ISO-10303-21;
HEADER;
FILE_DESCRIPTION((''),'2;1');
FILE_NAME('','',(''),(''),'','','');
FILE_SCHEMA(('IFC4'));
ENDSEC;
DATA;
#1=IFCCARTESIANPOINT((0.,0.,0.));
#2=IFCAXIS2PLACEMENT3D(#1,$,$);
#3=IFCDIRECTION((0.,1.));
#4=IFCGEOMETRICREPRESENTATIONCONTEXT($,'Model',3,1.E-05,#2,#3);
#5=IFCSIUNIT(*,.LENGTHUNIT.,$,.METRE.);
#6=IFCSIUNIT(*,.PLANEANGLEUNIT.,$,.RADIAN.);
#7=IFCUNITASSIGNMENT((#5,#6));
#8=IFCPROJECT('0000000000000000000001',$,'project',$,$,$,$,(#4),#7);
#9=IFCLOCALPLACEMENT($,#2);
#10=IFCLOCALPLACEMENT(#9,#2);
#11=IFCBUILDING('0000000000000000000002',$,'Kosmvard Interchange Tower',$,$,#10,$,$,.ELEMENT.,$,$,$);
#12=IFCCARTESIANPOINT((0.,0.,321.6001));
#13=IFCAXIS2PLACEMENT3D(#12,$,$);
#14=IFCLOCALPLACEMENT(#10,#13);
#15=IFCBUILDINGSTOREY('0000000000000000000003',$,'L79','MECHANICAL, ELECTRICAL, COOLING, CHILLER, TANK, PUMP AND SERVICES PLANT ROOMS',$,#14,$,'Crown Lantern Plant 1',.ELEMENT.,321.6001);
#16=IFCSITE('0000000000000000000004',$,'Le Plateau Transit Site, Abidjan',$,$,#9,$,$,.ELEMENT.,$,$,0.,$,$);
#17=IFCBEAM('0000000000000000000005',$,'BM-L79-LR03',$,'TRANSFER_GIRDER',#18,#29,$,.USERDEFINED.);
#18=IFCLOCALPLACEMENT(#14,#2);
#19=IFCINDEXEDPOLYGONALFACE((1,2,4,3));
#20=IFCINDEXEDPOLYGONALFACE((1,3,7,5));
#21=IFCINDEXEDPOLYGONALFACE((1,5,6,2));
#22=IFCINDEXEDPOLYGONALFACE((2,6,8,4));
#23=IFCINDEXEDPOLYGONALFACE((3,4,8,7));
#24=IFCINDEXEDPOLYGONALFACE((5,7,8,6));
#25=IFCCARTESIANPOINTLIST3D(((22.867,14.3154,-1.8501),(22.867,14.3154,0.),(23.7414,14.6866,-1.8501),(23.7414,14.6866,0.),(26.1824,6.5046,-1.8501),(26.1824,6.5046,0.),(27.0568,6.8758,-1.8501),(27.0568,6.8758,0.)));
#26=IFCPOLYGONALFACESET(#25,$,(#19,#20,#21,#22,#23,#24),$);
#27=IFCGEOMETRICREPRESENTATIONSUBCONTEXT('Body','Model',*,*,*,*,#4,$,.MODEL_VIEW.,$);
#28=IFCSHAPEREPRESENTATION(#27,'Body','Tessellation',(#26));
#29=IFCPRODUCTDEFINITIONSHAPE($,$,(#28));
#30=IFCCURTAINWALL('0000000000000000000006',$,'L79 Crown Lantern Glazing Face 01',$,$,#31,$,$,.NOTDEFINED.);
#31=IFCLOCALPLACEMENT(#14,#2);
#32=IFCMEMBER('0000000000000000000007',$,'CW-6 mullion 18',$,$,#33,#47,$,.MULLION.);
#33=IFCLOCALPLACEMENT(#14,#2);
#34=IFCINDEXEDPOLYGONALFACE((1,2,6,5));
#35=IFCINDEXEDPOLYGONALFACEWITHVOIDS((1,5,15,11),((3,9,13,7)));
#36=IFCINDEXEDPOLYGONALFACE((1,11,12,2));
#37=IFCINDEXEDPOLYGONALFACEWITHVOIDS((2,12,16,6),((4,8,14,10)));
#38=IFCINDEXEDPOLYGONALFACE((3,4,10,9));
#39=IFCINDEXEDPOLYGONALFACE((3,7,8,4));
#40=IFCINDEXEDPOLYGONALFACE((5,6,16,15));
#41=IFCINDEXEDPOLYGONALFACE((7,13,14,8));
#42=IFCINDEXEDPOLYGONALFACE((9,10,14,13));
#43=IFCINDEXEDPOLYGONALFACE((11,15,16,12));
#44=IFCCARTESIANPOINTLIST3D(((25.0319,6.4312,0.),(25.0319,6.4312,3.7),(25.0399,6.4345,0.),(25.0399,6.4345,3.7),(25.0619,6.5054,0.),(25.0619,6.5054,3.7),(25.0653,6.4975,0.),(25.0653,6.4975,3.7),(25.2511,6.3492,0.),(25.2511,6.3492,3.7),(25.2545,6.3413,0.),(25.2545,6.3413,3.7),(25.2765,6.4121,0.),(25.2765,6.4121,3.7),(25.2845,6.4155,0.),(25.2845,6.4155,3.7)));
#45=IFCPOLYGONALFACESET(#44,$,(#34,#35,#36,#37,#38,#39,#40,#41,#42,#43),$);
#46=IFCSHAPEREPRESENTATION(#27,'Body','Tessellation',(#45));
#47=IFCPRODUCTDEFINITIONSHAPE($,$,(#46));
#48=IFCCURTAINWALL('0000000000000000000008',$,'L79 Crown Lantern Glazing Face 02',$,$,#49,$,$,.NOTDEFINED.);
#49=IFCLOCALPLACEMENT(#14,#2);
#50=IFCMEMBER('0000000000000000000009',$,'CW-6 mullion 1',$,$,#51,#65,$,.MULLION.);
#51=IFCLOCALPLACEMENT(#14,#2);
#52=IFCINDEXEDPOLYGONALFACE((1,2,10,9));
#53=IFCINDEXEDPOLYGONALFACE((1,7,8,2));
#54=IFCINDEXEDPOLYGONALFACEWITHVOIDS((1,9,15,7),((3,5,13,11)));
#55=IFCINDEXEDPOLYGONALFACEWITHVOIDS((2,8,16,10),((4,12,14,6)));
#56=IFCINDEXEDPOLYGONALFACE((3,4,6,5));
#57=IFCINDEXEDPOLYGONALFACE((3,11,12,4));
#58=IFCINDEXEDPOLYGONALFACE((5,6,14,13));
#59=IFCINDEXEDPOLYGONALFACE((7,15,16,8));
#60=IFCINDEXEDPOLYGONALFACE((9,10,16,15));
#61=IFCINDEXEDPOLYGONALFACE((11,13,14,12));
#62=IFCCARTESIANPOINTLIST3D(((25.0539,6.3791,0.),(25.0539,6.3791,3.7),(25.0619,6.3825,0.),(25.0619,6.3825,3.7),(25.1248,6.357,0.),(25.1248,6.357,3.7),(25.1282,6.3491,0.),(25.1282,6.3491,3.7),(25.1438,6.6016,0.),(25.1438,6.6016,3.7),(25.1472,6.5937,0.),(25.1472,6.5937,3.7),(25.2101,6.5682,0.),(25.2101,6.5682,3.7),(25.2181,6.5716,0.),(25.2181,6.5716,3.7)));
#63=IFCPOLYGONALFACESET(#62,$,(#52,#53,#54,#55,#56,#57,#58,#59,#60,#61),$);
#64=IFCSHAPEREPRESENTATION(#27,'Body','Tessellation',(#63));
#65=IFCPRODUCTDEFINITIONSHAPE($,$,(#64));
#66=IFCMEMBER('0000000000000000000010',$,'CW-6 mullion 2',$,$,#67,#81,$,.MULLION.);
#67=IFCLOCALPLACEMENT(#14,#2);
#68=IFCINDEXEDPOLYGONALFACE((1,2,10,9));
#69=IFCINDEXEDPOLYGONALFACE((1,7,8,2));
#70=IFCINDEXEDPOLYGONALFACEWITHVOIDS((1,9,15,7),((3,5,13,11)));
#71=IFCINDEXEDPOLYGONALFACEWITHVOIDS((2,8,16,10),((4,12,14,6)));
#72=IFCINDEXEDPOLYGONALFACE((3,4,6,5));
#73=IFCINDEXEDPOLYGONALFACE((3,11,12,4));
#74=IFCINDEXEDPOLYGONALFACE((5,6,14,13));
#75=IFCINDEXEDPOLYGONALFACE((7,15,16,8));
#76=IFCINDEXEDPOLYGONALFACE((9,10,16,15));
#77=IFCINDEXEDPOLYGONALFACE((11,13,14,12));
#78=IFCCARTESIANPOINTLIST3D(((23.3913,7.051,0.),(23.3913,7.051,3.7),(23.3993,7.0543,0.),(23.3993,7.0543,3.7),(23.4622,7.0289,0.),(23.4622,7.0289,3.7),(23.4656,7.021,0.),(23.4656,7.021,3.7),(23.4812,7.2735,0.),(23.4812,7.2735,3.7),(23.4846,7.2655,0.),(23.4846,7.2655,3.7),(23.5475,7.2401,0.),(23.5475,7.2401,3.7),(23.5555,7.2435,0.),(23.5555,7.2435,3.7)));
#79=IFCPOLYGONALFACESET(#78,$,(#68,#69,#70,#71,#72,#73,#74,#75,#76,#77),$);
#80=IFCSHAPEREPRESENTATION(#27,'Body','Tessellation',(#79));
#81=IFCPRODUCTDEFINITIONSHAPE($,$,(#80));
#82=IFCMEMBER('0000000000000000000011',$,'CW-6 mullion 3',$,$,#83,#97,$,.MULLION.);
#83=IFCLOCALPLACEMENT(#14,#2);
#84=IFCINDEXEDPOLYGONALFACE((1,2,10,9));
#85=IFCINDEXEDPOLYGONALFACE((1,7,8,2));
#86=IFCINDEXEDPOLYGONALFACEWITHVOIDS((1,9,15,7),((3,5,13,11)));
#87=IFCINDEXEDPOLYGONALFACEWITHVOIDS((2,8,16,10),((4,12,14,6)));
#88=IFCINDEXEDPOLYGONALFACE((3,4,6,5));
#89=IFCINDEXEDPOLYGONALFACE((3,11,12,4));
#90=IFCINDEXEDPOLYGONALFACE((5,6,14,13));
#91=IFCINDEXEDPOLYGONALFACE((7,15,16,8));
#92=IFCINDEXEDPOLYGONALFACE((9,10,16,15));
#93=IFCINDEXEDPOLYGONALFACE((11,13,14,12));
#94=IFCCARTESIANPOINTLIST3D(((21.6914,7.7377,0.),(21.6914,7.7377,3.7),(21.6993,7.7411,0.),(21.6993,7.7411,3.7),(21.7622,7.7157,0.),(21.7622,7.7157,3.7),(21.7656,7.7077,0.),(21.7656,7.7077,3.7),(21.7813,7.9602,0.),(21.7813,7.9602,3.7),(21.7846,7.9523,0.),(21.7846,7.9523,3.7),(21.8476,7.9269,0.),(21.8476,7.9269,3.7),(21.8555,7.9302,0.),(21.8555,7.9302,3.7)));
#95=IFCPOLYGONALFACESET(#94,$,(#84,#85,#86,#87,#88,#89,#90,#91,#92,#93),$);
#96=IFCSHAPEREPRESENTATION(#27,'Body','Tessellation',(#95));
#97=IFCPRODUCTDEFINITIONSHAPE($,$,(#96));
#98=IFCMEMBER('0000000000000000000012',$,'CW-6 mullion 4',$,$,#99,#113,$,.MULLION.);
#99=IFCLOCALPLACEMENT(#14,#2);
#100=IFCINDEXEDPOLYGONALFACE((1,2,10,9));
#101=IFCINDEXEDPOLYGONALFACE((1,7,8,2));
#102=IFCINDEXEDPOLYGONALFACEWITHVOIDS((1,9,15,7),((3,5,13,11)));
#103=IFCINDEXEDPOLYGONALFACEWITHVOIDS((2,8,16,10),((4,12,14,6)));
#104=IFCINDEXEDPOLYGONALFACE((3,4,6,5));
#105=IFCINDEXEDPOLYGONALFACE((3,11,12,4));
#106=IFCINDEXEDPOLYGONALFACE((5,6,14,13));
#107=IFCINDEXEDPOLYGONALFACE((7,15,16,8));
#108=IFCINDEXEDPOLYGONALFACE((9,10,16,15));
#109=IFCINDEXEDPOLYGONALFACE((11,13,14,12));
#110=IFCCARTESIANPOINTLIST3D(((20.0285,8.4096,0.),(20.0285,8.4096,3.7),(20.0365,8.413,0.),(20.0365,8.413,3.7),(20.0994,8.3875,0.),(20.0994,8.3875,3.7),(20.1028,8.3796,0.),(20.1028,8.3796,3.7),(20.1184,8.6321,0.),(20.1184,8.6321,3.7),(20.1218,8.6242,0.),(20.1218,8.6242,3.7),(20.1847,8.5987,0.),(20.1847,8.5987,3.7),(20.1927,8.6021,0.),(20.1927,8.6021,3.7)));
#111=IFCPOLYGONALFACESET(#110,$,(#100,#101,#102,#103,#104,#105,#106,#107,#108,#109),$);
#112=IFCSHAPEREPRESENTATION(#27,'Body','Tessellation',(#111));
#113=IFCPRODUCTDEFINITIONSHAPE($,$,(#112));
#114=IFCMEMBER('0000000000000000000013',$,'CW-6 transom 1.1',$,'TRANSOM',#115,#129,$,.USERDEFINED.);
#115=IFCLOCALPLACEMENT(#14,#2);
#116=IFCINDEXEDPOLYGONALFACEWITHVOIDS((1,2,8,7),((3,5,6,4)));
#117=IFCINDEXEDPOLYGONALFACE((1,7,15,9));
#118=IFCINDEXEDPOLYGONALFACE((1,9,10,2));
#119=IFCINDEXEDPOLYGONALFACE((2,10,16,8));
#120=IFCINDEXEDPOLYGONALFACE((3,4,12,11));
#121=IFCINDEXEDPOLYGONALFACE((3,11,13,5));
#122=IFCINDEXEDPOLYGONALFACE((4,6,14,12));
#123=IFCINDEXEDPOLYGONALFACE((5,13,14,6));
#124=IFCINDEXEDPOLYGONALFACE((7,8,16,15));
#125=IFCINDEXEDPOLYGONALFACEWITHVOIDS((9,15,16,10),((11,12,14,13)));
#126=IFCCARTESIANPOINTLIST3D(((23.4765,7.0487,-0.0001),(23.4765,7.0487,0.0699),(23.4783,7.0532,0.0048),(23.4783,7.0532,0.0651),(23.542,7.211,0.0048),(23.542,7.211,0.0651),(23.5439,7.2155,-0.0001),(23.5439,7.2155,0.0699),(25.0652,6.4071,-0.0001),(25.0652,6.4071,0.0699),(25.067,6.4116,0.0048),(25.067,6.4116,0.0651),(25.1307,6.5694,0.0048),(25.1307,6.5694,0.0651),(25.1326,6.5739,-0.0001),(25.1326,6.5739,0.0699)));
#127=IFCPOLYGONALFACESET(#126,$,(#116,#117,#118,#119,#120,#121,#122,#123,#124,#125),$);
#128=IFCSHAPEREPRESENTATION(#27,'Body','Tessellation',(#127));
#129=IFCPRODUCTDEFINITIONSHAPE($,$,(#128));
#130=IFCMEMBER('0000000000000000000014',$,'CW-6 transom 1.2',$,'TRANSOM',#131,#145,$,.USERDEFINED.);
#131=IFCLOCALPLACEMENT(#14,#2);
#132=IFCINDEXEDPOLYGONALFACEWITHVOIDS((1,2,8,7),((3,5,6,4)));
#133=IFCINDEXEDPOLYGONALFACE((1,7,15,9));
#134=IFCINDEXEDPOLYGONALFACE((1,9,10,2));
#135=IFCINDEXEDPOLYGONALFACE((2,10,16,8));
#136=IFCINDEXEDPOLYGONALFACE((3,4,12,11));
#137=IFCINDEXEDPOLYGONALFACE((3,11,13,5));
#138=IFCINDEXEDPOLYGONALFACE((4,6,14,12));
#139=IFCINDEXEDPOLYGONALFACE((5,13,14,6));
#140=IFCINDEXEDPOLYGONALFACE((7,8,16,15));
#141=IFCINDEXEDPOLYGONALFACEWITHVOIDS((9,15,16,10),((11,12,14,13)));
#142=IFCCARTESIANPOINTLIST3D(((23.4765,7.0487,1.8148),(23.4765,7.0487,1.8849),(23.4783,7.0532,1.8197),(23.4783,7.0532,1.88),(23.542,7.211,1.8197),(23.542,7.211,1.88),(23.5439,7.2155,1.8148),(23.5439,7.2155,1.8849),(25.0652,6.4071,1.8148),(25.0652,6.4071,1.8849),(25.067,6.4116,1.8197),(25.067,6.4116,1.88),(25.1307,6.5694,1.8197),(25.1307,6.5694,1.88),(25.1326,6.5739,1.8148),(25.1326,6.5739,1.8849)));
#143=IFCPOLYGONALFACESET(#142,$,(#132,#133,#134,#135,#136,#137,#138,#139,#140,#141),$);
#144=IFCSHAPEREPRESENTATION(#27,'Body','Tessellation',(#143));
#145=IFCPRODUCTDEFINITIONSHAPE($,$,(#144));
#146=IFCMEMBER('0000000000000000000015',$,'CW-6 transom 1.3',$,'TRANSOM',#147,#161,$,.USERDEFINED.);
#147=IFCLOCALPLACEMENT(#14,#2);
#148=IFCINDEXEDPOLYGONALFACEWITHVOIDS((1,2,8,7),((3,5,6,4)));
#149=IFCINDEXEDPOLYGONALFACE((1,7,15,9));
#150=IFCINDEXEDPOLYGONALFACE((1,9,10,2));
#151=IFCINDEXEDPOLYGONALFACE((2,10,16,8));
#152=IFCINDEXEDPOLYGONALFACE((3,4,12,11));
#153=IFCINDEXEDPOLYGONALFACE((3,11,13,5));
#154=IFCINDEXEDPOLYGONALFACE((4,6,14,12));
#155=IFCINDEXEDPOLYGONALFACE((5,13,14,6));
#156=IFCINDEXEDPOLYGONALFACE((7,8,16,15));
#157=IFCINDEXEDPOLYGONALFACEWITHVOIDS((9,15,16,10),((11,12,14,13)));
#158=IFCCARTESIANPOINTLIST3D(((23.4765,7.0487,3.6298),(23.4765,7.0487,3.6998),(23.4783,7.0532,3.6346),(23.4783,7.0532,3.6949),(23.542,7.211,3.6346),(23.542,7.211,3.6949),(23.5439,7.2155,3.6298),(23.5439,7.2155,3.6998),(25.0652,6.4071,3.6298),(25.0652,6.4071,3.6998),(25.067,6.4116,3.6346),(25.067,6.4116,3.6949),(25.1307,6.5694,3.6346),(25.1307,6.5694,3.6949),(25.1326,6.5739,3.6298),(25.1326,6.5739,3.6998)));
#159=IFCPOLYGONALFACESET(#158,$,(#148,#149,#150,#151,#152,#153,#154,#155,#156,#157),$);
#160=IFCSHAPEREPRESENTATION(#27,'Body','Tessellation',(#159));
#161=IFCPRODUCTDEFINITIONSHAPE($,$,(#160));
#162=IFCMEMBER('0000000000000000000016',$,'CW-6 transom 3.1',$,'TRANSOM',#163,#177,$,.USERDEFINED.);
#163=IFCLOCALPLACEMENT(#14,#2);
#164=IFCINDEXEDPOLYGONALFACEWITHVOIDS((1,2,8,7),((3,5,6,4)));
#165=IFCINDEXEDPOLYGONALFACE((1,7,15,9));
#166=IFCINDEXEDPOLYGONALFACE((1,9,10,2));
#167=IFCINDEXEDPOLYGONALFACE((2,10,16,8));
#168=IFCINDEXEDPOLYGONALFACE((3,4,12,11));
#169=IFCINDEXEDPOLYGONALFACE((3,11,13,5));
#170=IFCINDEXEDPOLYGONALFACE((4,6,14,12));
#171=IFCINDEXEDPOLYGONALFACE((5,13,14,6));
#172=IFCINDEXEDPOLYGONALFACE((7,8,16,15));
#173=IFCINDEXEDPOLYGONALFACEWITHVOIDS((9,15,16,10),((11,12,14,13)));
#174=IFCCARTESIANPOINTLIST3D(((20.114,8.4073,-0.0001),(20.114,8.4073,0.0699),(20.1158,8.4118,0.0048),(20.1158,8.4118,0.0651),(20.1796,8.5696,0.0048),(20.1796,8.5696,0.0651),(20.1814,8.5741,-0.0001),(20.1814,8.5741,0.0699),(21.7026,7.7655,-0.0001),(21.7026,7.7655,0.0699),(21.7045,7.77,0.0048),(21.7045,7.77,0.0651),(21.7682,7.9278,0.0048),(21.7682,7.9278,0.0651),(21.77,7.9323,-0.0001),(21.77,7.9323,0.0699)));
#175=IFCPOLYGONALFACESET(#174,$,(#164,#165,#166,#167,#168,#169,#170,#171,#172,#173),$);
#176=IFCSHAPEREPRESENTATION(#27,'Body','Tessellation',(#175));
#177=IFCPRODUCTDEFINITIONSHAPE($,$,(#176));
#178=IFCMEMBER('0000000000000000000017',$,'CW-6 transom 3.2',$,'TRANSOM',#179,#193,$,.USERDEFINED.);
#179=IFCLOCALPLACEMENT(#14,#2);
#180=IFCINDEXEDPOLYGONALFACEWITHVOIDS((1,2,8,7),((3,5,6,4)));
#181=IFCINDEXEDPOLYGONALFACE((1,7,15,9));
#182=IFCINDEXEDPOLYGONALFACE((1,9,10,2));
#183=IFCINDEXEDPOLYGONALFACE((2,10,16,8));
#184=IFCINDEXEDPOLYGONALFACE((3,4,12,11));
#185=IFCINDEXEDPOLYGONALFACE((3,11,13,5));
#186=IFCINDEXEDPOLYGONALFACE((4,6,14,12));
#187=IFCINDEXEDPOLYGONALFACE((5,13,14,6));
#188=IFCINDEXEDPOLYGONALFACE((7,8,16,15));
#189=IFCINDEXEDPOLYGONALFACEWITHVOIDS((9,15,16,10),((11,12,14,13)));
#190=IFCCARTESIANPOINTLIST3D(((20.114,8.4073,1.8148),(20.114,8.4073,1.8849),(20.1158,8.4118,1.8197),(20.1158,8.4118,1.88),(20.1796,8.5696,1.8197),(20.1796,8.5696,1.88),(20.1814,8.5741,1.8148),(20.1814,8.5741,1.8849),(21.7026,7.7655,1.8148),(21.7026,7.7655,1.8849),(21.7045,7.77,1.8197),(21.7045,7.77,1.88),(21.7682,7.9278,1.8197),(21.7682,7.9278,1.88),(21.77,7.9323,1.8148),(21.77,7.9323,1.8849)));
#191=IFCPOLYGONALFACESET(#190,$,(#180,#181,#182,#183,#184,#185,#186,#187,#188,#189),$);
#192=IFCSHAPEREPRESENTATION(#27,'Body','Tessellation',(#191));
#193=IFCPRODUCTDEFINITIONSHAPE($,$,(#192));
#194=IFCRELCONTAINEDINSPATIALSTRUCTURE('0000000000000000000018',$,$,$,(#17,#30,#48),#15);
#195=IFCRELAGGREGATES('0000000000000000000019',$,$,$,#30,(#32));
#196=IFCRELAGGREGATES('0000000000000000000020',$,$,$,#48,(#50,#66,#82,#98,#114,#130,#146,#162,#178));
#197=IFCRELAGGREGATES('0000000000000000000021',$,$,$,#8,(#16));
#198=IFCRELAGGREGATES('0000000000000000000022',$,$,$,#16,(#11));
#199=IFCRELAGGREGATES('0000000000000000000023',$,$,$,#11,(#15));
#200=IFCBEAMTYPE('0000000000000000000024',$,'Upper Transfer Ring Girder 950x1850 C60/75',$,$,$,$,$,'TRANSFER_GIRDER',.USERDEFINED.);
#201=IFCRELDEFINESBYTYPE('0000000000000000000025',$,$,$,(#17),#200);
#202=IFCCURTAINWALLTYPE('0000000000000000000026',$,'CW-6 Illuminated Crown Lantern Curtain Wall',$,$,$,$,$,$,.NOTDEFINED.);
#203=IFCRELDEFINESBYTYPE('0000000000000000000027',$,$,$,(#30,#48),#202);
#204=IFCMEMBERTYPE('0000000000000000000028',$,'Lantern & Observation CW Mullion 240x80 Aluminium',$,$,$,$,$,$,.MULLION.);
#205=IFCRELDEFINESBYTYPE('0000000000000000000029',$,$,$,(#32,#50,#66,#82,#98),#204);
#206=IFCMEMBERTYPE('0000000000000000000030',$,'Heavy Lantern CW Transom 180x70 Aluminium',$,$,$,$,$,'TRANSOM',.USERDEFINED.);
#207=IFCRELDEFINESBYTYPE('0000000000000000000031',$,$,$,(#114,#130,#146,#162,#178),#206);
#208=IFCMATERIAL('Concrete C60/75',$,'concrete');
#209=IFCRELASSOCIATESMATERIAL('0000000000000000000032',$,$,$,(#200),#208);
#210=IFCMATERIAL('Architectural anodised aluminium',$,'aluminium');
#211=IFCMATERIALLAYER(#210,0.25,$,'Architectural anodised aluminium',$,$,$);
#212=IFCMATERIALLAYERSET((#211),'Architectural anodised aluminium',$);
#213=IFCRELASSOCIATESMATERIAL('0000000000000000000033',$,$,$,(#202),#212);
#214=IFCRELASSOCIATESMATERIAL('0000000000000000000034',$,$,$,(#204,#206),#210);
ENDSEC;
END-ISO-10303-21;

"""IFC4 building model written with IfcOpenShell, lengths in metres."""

from ifc_helpers import new_model, si_unit, direction, frame, origin, origin_2d, place, context, subcontext, project, spatial, rectangle, hollow_rectangle, extrude, source, transform, mapped, material, layer, layer_set, material_profile, profile_set, type_object, element, aggregate, save


model = new_model("IFC4")

# Units and contexts
model_context = context("Model", 3, precision=1e-05, world=origin(), true_north=direction((0.0, 1.0)))
body_context = subcontext(model_context, "Body", "Model", "MODEL_VIEW")
ifc_project = project(units=[si_unit("LENGTHUNIT", "METRE"), si_unit("PLANEANGLEUNIT", "RADIAN")], contexts=[model_context])

# Site, building, storey
site_placement = place(None, origin())
site = spatial("IfcSite", under=ifc_project, at=site_placement, Name="Le Plateau Transit Site, Abidjan", CompositionType="ELEMENT", RefElevation=0.0)
building_placement = place(site_placement, origin())
building = spatial("IfcBuilding", under=site, at=building_placement, Name="Kosmvard Interchange Tower", CompositionType="ELEMENT")
storey_placement = place(building_placement, frame((0.0, 0.0, 321.6001)))
storey = spatial("IfcBuildingStorey", under=building, at=storey_placement, Name="L79", Description="MECHANICAL, ELECTRICAL, COOLING, CHILLER, TANK, PUMP AND SERVICES PLANT ROOMS", LongName="Crown Lantern Plant 1", CompositionType="ELEMENT", Elevation=321.6001)

# Beam
ifc_material_1 = material(Name="Concrete C60/75", Category="concrete")
ifc_material_profile_1 = material_profile(ifc_material_1, rectangle(XDim=0.95, YDim=1.8501, at=origin_2d()), Name="TG 950x1850")
ifc_profile_set_1 = profile_set([ifc_material_profile_1], Name="Concrete C60/75")
beam_type = type_object("IfcBeamType", Name="Upper Transfer Ring Girder 950x1850 C60/75", ElementType="TRANSFER_GIRDER", PredefinedType="USERDEFINED", material=ifc_profile_set_1)
shared_shape_1 = source(origin(), body_context, "Body", "SweptSolid", [
    extrude(rectangle(XDim=0.95, YDim=1.8501, at=origin_2d()), origin(), (0.0, 0.0, 1.0), 8.4854),
])
beam_placement = place(storey_placement, frame((26.6196, 6.6902, -0.925), z_axis=(-0.390726, 0.920507, 0.0), x_axis=(-0.920507, -0.390726, 0.0)))
element("IfcBeam", 1, at=beam_placement, inside=storey, type_object=beam_type, Name="BM-L79-LR03", ObjectType="TRANSFER_GIRDER", PredefinedType="USERDEFINED", context=body_context, shape_type="MappedRepresentation", body=[
    mapped(shared_shape_1, transform((0.0, 0.0, 0.0), scale=1.0)),
])

# Curtain wall, member
ifc_material_2 = material(Name="Architectural anodised aluminium", Category="aluminium")
ifc_layer_1 = layer(ifc_material_2, 0.25, Name="Architectural anodised aluminium")
ifc_layer_set_1 = layer_set([ifc_layer_1], Name="Architectural anodised aluminium")
curtain_wall_type = type_object("IfcCurtainWallType", Name="CW-6 Illuminated Crown Lantern Curtain Wall", PredefinedType="NOTDEFINED", material=ifc_layer_set_1)
curtain_wall_1_placement = place(storey_placement, origin())
curtain_wall_1 = element("IfcCurtainWall", 2, at=curtain_wall_1_placement, inside=storey, type_object=curtain_wall_type, Name="L79 Crown Lantern Glazing Face 01", PredefinedType="NOTDEFINED")
ifc_material_profile_2 = material_profile(ifc_material_2, hollow_rectangle(XDim=0.24, YDim=0.0801, WallThickness=0.0061, at=origin_2d()), Name="CWM 240x80x6")
ifc_profile_set_2 = profile_set([ifc_material_profile_2], Name="Architectural anodised aluminium")
member_type_1 = type_object("IfcMemberType", Name="Lantern & Observation CW Mullion 240x80 Aluminium", PredefinedType="MULLION", material=ifc_profile_set_2)
shared_shape_2 = source(origin(), body_context, "Body", "SweptSolid", [
    extrude(hollow_rectangle(XDim=0.24, YDim=0.0801, WallThickness=0.0061, at=origin_2d()), origin(), (0.0, 0.0, 1.0), 3.7),
])
member_1_placement = place(storey_placement, frame((25.1582, 6.4233, 0.0), z_axis=(0.0, 0.0, 1.0), x_axis=(-0.927184, 0.374607, 0.0)))
member_1 = element("IfcMember", 3, at=member_1_placement, type_object=member_type_1, Name="CW-6 mullion 18", PredefinedType="MULLION", context=body_context, shape_type="MappedRepresentation", body=[
    mapped(shared_shape_2, transform((0.0, 0.0, 0.0), scale=1.0)),
])

# Curtain wall, members
curtain_wall_2_placement = place(storey_placement, origin())
curtain_wall_2 = element("IfcCurtainWall", 4, at=curtain_wall_2_placement, inside=storey, type_object=curtain_wall_type, Name="L79 Crown Lantern Glazing Face 02", PredefinedType="NOTDEFINED")
member_2_placement = place(storey_placement, frame((25.136, 6.4753, 0.0), z_axis=(0.0, 0.0, 1.0), x_axis=(-0.374607, -0.927184, 0.0)))
member_2 = element("IfcMember", 5, at=member_2_placement, type_object=member_type_1, Name="CW-6 mullion 1", PredefinedType="MULLION", context=body_context, shape_type="MappedRepresentation", body=[
    mapped(shared_shape_2, transform((0.0, 0.0, 0.0), scale=1.0)),
])
member_3_placement = place(storey_placement, frame((23.4734, 7.1472, 0.0), z_axis=(0.0, 0.0, 1.0), x_axis=(-0.374607, -0.927184, 0.0)))
member_3 = element("IfcMember", 6, at=member_3_placement, type_object=member_type_1, Name="CW-6 mullion 2", PredefinedType="MULLION", context=body_context, shape_type="MappedRepresentation", body=[
    mapped(shared_shape_2, transform((0.0, 0.0, 0.0), scale=1.0)),
])
member_4_placement = place(storey_placement, frame((21.7734, 7.834, 0.0), z_axis=(0.0, 0.0, 1.0), x_axis=(-0.374607, -0.927184, 0.0)))
member_4 = element("IfcMember", 7, at=member_4_placement, type_object=member_type_1, Name="CW-6 mullion 3", PredefinedType="MULLION", context=body_context, shape_type="MappedRepresentation", body=[
    mapped(shared_shape_2, transform((0.0, 0.0, 0.0), scale=1.0)),
])
member_5_placement = place(storey_placement, frame((20.1106, 8.5059, 0.0), z_axis=(0.0, 0.0, 1.0), x_axis=(-0.374607, -0.927184, 0.0)))
member_5 = element("IfcMember", 8, at=member_5_placement, type_object=member_type_1, Name="CW-6 mullion 4", PredefinedType="MULLION", context=body_context, shape_type="MappedRepresentation", body=[
    mapped(shared_shape_2, transform((0.0, 0.0, 0.0), scale=1.0)),
])
ifc_material_profile_3 = material_profile(ifc_material_2, hollow_rectangle(XDim=0.1799, YDim=0.0701, WallThickness=0.0049, at=origin_2d()), Name="CWT 180x70x5")
ifc_profile_set_3 = profile_set([ifc_material_profile_3], Name="Architectural anodised aluminium")
member_type_2 = type_object("IfcMemberType", Name="Heavy Lantern CW Transom 180x70 Aluminium", ElementType="TRANSOM", PredefinedType="USERDEFINED", material=ifc_profile_set_3)
shared_shape_3 = source(origin(), body_context, "Body", "SweptSolid", [
    extrude(hollow_rectangle(XDim=0.1799, YDim=0.0701, WallThickness=0.0049, at=origin_2d()), origin(), (0.0, 0.0, 1.0), 1.7134),
])
member_6_placement = place(storey_placement, frame((25.0989, 6.4905, 0.0349), z_axis=(-0.927233, 0.374484, 0.0), x_axis=(-0.374484, -0.927233, 0.0)))
member_6 = element("IfcMember", 9, at=member_6_placement, type_object=member_type_2, Name="CW-6 transom 1.1", ObjectType="TRANSOM", PredefinedType="USERDEFINED", context=body_context, shape_type="MappedRepresentation", body=[
    mapped(shared_shape_3, transform((0.0, 0.0, 0.0), scale=1.0)),
])
member_7_placement = place(storey_placement, frame((25.0989, 6.4905, 1.8499), z_axis=(-0.927233, 0.374484, 0.0), x_axis=(-0.374484, -0.927233, 0.0)))
member_7 = element("IfcMember", 10, at=member_7_placement, type_object=member_type_2, Name="CW-6 transom 1.2", ObjectType="TRANSOM", PredefinedType="USERDEFINED", context=body_context, shape_type="MappedRepresentation", body=[
    mapped(shared_shape_3, transform((0.0, 0.0, 0.0), scale=1.0)),
])
member_8_placement = place(storey_placement, frame((25.0989, 6.4905, 3.6648), z_axis=(-0.927233, 0.374484, 0.0), x_axis=(-0.374484, -0.927233, 0.0)))
member_8 = element("IfcMember", 11, at=member_8_placement, type_object=member_type_2, Name="CW-6 transom 1.3", ObjectType="TRANSOM", PredefinedType="USERDEFINED", context=body_context, shape_type="MappedRepresentation", body=[
    mapped(shared_shape_3, transform((0.0, 0.0, 0.0), scale=1.0)),
])
member_9_placement = place(storey_placement, frame((21.7363, 7.8489, 0.0349), z_axis=(-0.927184, 0.374607, 0.0), x_axis=(-0.374607, -0.927184, 0.0)))
member_9 = element("IfcMember", 12, at=member_9_placement, type_object=member_type_2, Name="CW-6 transom 3.1", ObjectType="TRANSOM", PredefinedType="USERDEFINED", context=body_context, shape_type="MappedRepresentation", body=[
    mapped(shared_shape_3, transform((0.0, 0.0, 0.0), scale=1.0)),
])
member_10_placement = place(storey_placement, frame((21.7363, 7.8489, 1.8499), z_axis=(-0.927184, 0.374607, 0.0), x_axis=(-0.374607, -0.927184, 0.0)))
member_10 = element("IfcMember", 13, at=member_10_placement, type_object=member_type_2, Name="CW-6 transom 3.2", ObjectType="TRANSOM", PredefinedType="USERDEFINED", context=body_context, shape_type="MappedRepresentation", body=[
    mapped(shared_shape_3, transform((0.0, 0.0, 0.0), scale=1.0)),
])

aggregate(curtain_wall_1, [member_1])
aggregate(curtain_wall_2, [member_2, member_3, member_4, member_5, member_6, member_7, member_8, member_9, member_10])

save(model, "model.ifc")
